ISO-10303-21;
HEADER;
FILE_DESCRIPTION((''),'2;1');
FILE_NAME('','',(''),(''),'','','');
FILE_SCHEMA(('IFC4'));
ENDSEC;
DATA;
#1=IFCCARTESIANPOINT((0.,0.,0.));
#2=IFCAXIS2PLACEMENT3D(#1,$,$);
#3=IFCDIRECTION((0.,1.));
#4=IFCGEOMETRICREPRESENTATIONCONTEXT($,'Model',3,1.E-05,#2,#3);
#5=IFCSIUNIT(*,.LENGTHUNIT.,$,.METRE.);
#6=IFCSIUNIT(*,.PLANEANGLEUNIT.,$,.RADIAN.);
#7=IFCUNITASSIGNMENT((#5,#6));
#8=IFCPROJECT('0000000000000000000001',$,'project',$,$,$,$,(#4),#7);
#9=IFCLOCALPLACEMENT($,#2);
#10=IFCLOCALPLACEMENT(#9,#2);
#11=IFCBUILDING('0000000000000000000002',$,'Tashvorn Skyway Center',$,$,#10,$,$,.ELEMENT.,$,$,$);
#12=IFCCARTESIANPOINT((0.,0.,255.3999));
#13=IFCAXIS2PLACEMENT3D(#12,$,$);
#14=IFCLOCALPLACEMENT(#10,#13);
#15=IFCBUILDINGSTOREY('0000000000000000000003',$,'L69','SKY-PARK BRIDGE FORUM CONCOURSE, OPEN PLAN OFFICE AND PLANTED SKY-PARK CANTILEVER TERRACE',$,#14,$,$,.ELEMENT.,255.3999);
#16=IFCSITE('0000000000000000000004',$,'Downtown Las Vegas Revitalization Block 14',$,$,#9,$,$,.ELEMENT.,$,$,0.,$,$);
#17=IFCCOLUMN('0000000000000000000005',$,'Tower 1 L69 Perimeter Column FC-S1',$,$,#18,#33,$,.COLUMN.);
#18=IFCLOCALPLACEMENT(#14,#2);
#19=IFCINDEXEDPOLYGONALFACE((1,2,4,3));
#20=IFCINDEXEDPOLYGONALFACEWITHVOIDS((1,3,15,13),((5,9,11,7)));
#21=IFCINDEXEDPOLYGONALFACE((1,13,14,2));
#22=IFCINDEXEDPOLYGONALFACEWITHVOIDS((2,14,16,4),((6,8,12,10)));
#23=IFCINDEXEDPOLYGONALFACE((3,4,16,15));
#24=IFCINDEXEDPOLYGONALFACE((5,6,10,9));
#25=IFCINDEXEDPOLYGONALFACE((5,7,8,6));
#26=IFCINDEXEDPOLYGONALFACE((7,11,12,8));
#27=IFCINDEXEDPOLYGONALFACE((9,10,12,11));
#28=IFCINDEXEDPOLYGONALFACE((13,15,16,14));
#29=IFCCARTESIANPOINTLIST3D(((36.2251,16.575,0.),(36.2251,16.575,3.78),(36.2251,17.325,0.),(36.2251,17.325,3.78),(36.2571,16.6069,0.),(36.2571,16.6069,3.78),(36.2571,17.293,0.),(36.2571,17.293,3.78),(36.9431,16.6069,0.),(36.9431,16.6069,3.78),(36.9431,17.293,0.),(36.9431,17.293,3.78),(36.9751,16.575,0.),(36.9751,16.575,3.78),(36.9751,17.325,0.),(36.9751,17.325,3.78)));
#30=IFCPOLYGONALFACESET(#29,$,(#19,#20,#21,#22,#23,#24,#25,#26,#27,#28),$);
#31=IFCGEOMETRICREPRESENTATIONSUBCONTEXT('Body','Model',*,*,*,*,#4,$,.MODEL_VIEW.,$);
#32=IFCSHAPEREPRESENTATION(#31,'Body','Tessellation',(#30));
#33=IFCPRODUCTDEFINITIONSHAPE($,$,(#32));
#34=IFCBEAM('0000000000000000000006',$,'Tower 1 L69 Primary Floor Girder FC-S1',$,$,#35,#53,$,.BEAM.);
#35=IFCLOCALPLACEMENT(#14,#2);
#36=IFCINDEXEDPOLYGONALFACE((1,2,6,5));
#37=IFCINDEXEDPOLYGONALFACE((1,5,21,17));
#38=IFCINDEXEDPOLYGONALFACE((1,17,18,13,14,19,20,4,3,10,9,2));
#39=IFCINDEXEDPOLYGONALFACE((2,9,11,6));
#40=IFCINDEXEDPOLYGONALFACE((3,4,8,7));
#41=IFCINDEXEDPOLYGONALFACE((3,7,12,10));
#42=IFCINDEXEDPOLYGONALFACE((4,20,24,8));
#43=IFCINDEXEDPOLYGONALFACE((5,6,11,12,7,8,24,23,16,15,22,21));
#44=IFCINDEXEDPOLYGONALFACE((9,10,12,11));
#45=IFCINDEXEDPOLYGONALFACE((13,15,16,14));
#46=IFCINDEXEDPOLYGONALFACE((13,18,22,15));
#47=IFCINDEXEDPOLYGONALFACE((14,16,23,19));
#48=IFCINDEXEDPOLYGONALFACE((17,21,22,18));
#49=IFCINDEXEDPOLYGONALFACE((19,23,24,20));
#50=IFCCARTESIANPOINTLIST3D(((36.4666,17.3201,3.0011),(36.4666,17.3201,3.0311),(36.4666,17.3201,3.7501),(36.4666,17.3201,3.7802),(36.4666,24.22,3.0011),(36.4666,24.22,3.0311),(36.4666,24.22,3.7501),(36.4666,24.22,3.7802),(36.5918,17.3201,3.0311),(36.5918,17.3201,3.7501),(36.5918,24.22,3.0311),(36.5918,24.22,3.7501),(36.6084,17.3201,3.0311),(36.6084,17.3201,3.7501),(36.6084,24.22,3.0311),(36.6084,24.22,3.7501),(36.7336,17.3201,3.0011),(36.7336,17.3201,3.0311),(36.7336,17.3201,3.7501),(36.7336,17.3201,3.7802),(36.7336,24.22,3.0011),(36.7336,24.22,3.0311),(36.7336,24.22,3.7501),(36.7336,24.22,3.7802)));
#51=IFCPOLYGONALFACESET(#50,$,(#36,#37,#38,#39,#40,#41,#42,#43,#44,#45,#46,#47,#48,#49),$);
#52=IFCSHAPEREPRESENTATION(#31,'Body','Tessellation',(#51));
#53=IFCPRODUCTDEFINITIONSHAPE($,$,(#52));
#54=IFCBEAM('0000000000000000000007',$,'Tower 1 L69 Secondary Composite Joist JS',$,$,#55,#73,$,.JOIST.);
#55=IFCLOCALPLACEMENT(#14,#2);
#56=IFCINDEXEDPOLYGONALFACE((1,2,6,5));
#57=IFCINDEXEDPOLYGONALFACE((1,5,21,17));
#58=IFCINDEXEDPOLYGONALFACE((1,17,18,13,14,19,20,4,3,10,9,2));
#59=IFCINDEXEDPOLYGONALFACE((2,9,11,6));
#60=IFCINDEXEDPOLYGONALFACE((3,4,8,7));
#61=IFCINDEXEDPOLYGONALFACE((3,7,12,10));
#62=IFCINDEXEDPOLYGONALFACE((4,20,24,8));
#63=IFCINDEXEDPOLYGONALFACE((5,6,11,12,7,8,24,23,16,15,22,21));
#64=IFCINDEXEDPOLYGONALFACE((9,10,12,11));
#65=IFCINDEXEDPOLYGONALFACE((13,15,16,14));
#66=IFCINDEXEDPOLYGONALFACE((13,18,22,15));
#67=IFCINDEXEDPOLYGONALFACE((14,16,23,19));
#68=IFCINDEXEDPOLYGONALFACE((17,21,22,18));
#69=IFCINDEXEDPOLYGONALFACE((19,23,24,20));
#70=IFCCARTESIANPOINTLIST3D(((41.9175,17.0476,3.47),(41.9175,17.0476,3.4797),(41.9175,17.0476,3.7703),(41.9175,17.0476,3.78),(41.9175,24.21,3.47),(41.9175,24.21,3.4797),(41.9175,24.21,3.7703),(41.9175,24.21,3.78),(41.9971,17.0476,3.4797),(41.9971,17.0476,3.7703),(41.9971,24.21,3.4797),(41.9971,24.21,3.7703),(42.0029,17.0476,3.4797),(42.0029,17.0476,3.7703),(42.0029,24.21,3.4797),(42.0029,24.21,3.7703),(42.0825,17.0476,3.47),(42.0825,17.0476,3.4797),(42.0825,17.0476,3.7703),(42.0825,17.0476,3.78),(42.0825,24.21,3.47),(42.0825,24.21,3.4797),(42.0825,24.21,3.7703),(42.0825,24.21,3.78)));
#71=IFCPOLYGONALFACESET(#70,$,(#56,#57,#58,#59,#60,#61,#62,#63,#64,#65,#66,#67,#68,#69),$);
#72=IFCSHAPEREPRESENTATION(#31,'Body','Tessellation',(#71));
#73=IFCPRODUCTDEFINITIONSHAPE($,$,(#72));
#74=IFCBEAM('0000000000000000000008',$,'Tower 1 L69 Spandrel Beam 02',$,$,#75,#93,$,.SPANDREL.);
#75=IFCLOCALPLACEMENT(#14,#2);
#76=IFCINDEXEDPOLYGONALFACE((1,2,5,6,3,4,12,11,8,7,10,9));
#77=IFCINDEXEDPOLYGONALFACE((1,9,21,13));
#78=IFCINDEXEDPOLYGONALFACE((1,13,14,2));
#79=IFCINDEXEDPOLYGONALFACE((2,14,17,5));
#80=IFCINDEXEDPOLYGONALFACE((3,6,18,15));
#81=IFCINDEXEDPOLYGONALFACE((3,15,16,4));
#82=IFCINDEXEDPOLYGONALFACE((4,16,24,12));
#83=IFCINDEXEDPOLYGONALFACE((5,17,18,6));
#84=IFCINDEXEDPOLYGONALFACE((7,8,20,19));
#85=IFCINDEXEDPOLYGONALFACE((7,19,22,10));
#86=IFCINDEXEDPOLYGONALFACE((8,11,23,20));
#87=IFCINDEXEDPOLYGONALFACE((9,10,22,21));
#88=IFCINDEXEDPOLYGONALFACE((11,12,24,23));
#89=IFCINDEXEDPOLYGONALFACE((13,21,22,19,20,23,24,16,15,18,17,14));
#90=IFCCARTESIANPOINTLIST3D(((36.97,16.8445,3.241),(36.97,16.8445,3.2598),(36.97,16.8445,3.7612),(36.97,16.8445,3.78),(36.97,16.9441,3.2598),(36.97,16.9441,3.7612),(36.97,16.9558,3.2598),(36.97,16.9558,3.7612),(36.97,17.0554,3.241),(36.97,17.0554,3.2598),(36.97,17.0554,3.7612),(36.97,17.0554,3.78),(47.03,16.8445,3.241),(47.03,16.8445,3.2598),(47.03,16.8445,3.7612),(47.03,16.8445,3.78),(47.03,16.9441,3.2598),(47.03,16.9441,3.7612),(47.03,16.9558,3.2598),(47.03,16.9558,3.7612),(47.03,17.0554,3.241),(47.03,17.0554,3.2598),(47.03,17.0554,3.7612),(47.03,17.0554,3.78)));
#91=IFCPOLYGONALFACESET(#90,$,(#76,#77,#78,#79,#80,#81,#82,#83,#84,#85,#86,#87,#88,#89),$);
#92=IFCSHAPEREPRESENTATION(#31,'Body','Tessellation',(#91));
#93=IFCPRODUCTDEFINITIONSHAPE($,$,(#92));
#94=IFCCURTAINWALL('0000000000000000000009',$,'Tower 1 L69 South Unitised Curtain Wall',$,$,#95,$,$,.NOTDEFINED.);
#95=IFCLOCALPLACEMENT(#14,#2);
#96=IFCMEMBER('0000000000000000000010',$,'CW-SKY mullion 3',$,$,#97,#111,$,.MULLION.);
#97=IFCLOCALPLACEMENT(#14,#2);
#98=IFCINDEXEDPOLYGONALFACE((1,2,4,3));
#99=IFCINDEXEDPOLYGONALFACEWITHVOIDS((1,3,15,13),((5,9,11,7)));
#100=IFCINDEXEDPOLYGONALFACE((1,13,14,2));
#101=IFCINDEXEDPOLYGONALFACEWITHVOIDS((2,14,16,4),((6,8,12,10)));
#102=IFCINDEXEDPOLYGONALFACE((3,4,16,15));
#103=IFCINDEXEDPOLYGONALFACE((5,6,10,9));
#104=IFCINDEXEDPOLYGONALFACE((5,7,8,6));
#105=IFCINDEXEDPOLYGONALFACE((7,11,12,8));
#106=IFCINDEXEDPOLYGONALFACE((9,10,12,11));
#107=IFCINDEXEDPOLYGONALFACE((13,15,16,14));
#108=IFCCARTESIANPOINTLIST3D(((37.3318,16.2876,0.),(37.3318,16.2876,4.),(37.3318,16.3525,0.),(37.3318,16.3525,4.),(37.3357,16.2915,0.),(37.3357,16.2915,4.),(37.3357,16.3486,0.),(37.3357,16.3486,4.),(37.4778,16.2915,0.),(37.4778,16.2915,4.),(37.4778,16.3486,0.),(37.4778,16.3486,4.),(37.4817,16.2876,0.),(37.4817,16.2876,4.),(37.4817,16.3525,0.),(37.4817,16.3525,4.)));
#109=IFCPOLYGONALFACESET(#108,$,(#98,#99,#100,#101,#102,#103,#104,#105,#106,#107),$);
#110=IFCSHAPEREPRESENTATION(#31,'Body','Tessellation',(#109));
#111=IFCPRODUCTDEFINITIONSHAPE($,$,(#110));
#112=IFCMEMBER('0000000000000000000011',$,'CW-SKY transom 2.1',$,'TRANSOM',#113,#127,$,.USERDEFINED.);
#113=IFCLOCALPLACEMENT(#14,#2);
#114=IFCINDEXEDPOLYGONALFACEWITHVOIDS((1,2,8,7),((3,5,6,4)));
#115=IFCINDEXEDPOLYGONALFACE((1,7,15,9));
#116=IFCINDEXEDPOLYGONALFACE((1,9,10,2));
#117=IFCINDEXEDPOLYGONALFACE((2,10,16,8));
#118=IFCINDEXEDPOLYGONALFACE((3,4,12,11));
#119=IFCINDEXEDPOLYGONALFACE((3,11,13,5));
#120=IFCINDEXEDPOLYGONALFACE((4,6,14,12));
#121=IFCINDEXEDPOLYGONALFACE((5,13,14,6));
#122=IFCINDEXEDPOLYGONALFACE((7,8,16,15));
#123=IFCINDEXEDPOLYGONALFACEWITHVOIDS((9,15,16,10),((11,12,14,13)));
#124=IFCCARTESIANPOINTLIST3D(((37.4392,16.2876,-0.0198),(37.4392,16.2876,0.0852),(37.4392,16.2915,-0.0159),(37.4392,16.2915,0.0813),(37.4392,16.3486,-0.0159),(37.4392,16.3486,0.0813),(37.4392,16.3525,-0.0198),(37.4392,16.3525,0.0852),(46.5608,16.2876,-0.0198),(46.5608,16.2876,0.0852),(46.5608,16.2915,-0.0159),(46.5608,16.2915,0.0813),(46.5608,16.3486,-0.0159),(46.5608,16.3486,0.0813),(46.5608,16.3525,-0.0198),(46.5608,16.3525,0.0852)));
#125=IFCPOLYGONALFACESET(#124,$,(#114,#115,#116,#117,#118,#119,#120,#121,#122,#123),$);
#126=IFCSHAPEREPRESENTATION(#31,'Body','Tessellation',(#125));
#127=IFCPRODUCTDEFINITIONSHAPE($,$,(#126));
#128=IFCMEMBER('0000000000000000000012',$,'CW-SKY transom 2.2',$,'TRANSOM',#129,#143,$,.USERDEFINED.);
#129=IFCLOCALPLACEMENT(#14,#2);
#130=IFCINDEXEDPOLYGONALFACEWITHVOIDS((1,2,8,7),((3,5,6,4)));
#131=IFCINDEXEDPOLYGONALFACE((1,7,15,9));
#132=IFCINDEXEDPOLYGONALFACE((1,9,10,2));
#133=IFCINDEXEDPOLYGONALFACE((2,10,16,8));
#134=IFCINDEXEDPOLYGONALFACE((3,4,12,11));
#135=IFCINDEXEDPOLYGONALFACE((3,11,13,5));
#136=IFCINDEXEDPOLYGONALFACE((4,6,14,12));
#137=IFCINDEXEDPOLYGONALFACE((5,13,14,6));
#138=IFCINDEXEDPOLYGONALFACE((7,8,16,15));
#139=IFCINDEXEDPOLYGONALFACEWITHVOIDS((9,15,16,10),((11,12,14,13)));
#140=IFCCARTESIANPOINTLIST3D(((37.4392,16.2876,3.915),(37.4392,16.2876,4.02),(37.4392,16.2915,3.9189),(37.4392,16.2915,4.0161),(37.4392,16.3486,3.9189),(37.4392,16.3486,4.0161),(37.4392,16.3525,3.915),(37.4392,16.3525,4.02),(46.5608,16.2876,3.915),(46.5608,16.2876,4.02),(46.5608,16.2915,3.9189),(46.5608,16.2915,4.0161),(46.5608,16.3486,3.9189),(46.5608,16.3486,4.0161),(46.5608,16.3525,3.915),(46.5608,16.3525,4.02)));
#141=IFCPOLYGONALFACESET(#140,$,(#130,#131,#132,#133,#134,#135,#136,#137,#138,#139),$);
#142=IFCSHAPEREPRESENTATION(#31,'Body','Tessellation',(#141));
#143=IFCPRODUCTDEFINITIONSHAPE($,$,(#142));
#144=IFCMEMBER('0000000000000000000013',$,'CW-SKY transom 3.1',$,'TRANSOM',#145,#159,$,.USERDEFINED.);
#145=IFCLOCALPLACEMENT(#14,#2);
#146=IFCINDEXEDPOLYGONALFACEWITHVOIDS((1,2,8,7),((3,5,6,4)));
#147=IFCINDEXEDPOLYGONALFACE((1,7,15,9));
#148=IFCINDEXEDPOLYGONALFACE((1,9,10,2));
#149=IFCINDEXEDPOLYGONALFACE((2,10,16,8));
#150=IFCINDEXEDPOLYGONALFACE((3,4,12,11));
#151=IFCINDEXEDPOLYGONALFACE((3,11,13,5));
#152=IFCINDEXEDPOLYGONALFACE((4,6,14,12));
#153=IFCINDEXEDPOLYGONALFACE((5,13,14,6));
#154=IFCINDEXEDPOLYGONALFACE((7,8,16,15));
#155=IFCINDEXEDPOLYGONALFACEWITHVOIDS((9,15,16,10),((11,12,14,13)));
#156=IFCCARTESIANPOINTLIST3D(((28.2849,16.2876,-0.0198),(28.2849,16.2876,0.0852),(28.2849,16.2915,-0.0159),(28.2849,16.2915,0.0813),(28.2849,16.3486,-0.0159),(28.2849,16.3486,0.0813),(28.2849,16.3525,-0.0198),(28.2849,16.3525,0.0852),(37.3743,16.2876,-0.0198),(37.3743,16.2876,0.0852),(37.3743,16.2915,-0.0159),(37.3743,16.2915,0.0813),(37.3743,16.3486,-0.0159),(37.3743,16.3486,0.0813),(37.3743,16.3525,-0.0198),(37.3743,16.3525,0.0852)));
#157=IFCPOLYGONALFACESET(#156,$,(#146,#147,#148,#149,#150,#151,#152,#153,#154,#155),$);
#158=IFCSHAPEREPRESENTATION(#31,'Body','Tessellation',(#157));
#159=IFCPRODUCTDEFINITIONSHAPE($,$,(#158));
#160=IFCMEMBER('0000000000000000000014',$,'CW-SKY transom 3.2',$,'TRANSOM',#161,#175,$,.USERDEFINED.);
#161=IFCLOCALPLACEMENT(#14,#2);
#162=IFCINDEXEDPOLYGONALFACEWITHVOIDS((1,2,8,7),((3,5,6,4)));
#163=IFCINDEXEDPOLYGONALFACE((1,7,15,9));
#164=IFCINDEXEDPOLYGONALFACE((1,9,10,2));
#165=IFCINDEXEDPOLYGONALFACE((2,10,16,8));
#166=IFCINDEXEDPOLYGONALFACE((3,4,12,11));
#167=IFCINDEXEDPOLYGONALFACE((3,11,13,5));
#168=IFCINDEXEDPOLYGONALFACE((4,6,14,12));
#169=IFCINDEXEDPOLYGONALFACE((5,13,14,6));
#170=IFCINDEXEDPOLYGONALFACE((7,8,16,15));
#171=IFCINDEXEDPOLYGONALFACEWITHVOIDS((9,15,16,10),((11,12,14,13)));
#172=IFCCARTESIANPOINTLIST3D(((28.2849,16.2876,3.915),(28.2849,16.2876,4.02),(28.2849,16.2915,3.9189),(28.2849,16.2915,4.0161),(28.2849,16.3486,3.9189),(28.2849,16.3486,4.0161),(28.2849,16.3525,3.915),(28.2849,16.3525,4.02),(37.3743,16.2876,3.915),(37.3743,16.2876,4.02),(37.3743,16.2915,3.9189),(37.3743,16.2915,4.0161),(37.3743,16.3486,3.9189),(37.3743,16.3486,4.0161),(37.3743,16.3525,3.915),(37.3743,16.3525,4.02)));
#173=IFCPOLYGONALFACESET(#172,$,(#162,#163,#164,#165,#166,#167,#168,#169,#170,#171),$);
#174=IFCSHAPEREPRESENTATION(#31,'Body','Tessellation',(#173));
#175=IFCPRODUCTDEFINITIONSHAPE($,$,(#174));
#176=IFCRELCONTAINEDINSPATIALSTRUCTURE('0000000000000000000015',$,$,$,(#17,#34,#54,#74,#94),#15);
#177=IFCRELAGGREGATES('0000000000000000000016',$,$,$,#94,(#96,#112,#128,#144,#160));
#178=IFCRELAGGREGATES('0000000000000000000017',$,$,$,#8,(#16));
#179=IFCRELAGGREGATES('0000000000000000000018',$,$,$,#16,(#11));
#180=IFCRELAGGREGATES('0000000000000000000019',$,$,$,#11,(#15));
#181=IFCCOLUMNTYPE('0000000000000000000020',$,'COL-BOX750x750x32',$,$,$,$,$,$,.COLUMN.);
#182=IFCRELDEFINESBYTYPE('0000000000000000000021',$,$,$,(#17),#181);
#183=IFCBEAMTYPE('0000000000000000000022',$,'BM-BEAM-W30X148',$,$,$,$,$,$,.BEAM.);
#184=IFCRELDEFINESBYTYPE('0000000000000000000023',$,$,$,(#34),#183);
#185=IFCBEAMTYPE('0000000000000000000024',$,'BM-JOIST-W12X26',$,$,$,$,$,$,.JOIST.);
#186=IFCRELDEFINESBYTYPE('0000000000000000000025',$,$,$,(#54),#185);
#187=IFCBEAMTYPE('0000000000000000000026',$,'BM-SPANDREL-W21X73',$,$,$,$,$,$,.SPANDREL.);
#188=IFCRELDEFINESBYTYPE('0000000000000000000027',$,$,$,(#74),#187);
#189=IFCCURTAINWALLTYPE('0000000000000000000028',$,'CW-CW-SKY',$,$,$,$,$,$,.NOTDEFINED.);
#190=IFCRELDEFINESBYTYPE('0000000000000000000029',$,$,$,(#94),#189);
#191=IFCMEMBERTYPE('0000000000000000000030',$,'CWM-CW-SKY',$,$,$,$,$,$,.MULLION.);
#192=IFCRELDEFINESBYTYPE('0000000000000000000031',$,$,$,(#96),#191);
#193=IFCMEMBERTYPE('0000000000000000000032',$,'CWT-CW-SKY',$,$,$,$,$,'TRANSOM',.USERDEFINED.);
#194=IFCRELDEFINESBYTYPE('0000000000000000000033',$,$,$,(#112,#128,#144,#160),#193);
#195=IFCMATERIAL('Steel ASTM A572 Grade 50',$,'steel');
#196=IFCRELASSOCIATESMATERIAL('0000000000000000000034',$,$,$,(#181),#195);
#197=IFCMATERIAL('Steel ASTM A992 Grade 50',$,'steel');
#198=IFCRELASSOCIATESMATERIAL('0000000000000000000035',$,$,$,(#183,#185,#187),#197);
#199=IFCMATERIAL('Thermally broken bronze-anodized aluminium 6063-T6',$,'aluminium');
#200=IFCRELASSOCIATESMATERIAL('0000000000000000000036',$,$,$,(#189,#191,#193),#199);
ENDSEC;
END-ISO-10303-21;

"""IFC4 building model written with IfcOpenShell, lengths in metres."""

from ifc_helpers import new_model, si_unit, direction, frame, origin, origin_2d, place, context, subcontext, project, spatial, hollow_rectangle, i_section, extrude, material, material_profile, profile_set, type_object, element, aggregate, save


model = new_model("IFC4")

# Units and contexts
model_context = context("Model", 3, precision=1e-05, world=origin(), true_north=direction((0.0, 1.0)))
body_context = subcontext(model_context, "Body", "Model", "MODEL_VIEW")
ifc_project = project(units=[si_unit("LENGTHUNIT", "METRE"), si_unit("PLANEANGLEUNIT", "RADIAN")], contexts=[model_context])

# Site, building, storey
site_placement = place(None, origin())
site = spatial("IfcSite", under=ifc_project, at=site_placement, Name="Downtown Las Vegas Revitalization Block 14", CompositionType="ELEMENT", RefElevation=0.0)
building_placement = place(site_placement, origin())
building = spatial("IfcBuilding", under=site, at=building_placement, Name="Tashvorn Skyway Center", CompositionType="ELEMENT")
storey_placement = place(building_placement, frame((0.0, 0.0, 255.3999)))
storey = spatial("IfcBuildingStorey", under=building, at=storey_placement, Name="L69", Description="SKY-PARK BRIDGE FORUM CONCOURSE, OPEN PLAN OFFICE AND PLANTED SKY-PARK CANTILEVER TERRACE", CompositionType="ELEMENT", Elevation=255.3999)

# Column
ifc_material_1 = material(Name="Steel ASTM A572 Grade 50", Category="steel")
ifc_material_profile_1 = material_profile(ifc_material_1, hollow_rectangle(XDim=0.75, YDim=0.75, WallThickness=0.032, at=origin_2d()), Name="BOX750x750x32")
ifc_profile_set_1 = profile_set([ifc_material_profile_1], Name="Steel ASTM A572 Grade 50")
column_type = type_object("IfcColumnType", Name="COL-BOX750x750x32", PredefinedType="COLUMN", material=ifc_profile_set_1)
column_placement = place(storey_placement, frame((36.6001, 16.95, 0.0), z_axis=(0.0, 0.0, 1.0), x_axis=(1.0, 0.0, 0.0)))
element("IfcColumn", 1, at=column_placement, inside=storey, type_object=column_type, Name="Tower 1 L69 Perimeter Column FC-S1", PredefinedType="COLUMN", context=body_context, shape_type="SweptSolid", body=[
    extrude(hollow_rectangle(XDim=0.75, YDim=0.75, WallThickness=0.032, at=origin_2d()), origin(), (0.0, 0.0, 1.0), 3.78),
])

# Beams
ifc_material_2 = material(Name="Steel ASTM A992 Grade 50", Category="steel")
ifc_material_profile_2 = material_profile(ifc_material_2, i_section(OverallWidth=0.2671, OverallDepth=0.7791, WebThickness=0.0166, FlangeThickness=0.03, at=origin_2d()), Name="W30X148")
ifc_profile_set_2 = profile_set([ifc_material_profile_2], Name="Steel ASTM A992 Grade 50")
beam_type_1 = type_object("IfcBeamType", Name="BM-BEAM-W30X148", PredefinedType="BEAM", material=ifc_profile_set_2)
beam_1_placement = place(storey_placement, frame((36.6001, 17.3201, 3.3906), z_axis=(0.0, 1.0, 0.0), x_axis=(-1.0, 0.0, 0.0)))
element("IfcBeam", 2, at=beam_1_placement, inside=storey, type_object=beam_type_1, Name="Tower 1 L69 Primary Floor Girder FC-S1", PredefinedType="BEAM", context=body_context, shape_type="SweptSolid", body=[
    extrude(i_section(OverallWidth=0.2671, OverallDepth=0.7791, WebThickness=0.0166, FlangeThickness=0.03, at=origin_2d()), origin(), (0.0, 0.0, 1.0), 6.8999),
])
ifc_material_profile_3 = material_profile(ifc_material_2, i_section(OverallWidth=0.165, OverallDepth=0.3101, WebThickness=0.0059, FlangeThickness=0.0098, at=origin_2d()), Name="W12X26")
ifc_profile_set_3 = profile_set([ifc_material_profile_3], Name="Steel ASTM A992 Grade 50")
beam_type_2 = type_object("IfcBeamType", Name="BM-JOIST-W12X26", PredefinedType="JOIST", material=ifc_profile_set_3)
beam_2_placement = place(storey_placement, frame((42.0, 24.21, 3.625), z_axis=(0.0, -1.0, 0.0), x_axis=(1.0, 0.0, 0.0)))
element("IfcBeam", 3, at=beam_2_placement, inside=storey, type_object=beam_type_2, Name="Tower 1 L69 Secondary Composite Joist JS", PredefinedType="JOIST", context=body_context, shape_type="SweptSolid", body=[
    extrude(i_section(OverallWidth=0.165, OverallDepth=0.3101, WebThickness=0.0059, FlangeThickness=0.0098, at=origin_2d()), origin(), (0.0, 0.0, 1.0), 7.1624),
])
ifc_material_profile_4 = material_profile(ifc_material_2, i_section(OverallWidth=0.2109, OverallDepth=0.5391, WebThickness=0.0117, FlangeThickness=0.0188, at=origin_2d()), Name="W21X73")
ifc_profile_set_4 = profile_set([ifc_material_profile_4], Name="Steel ASTM A992 Grade 50")
beam_type_3 = type_object("IfcBeamType", Name="BM-SPANDREL-W21X73", PredefinedType="SPANDREL", material=ifc_profile_set_4)
beam_3_placement = place(storey_placement, frame((36.97, 16.95, 3.5105), z_axis=(1.0, 0.0, 0.0), x_axis=(0.0, 1.0, 0.0)))
element("IfcBeam", 4, at=beam_3_placement, inside=storey, type_object=beam_type_3, Name="Tower 1 L69 Spandrel Beam 02", PredefinedType="SPANDREL", context=body_context, shape_type="SweptSolid", body=[
    extrude(i_section(OverallWidth=0.2109, OverallDepth=0.5391, WebThickness=0.0117, FlangeThickness=0.0188, at=origin_2d()), origin(), (0.0, 0.0, 1.0), 10.0601),
])

# Curtain wall, members
ifc_material_3 = material(Name="Thermally broken bronze-anodized aluminium 6063-T6", Category="aluminium")
curtain_wall_type = type_object("IfcCurtainWallType", Name="CW-CW-SKY", PredefinedType="NOTDEFINED", material=ifc_material_3)
curtain_wall_placement = place(storey_placement, origin())
curtain_wall = element("IfcCurtainWall", 5, at=curtain_wall_placement, inside=storey, type_object=curtain_wall_type, Name="Tower 1 L69 South Unitised Curtain Wall", PredefinedType="NOTDEFINED")
ifc_material_profile_5 = material_profile(ifc_material_3, hollow_rectangle(XDim=0.0649, YDim=0.1499, WallThickness=0.0039, at=origin_2d()), Name="ALU-MULL-65x150")
ifc_profile_set_5 = profile_set([ifc_material_profile_5], Name="Thermally broken bronze-anodized aluminium 6063-T6")
member_type_1 = type_object("IfcMemberType", Name="CWM-CW-SKY", PredefinedType="MULLION", material=ifc_profile_set_5)
member_1_placement = place(storey_placement, frame((37.4067, 16.3201, 0.0), z_axis=(0.0, 0.0, 1.0), x_axis=(0.0, -1.0, 0.0)))
member_1 = element("IfcMember", 6, at=member_1_placement, type_object=member_type_1, Name="CW-SKY mullion 3", PredefinedType="MULLION", context=body_context, shape_type="SweptSolid", body=[
    extrude(hollow_rectangle(XDim=0.0649, YDim=0.1499, WallThickness=0.0039, at=origin_2d()), origin(), (0.0, 0.0, 1.0), 4.0),
])
ifc_material_profile_6 = material_profile(ifc_material_3, hollow_rectangle(XDim=0.0649, YDim=0.105, WallThickness=0.0039, at=origin_2d()), Name="ALU-TRAN-65x105")
ifc_profile_set_6 = profile_set([ifc_material_profile_6], Name="Thermally broken bronze-anodized aluminium 6063-T6")
member_type_2 = type_object("IfcMemberType", Name="CWT-CW-SKY", ElementType="TRANSOM", PredefinedType="USERDEFINED", material=ifc_profile_set_6)
member_2_placement = place(storey_placement, frame((46.5608, 16.3201, 0.0327), z_axis=(-1.0, 0.0, 0.0), x_axis=(0.0, -1.0, 0.0)))
member_2 = element("IfcMember", 7, at=member_2_placement, type_object=member_type_2, Name="CW-SKY transom 2.1", ObjectType="TRANSOM", PredefinedType="USERDEFINED", context=body_context, shape_type="SweptSolid", body=[
    extrude(hollow_rectangle(XDim=0.0649, YDim=0.105, WallThickness=0.0039, at=origin_2d()), origin(), (0.0, 0.0, 1.0), 9.1216),
])
member_3_placement = place(storey_placement, frame((46.5608, 16.3201, 3.9675), z_axis=(-1.0, 0.0, 0.0), x_axis=(0.0, -1.0, 0.0)))
member_3 = element("IfcMember", 8, at=member_3_placement, type_object=member_type_2, Name="CW-SKY transom 2.2", ObjectType="TRANSOM", PredefinedType="USERDEFINED", context=body_context, shape_type="SweptSolid", body=[
    extrude(hollow_rectangle(XDim=0.0649, YDim=0.105, WallThickness=0.0039, at=origin_2d()), origin(), (0.0, 0.0, 1.0), 9.1216),
])
member_4_placement = place(storey_placement, frame((37.3743, 16.3201, 0.0327), z_axis=(-1.0, 0.0, 0.0), x_axis=(0.0, -1.0, 0.0)))
member_4 = element("IfcMember", 9, at=member_4_placement, type_object=member_type_2, Name="CW-SKY transom 3.1", ObjectType="TRANSOM", PredefinedType="USERDEFINED", context=body_context, shape_type="SweptSolid", body=[
    extrude(hollow_rectangle(XDim=0.0649, YDim=0.105, WallThickness=0.0039, at=origin_2d()), origin(), (0.0, 0.0, 1.0), 9.0894),
])
member_5_placement = place(storey_placement, frame((37.3743, 16.3201, 3.9675), z_axis=(-1.0, 0.0, 0.0), x_axis=(0.0, -1.0, 0.0)))
member_5 = element("IfcMember", 10, at=member_5_placement, type_object=member_type_2, Name="CW-SKY transom 3.2", ObjectType="TRANSOM", PredefinedType="USERDEFINED", context=body_context, shape_type="SweptSolid", body=[
    extrude(hollow_rectangle(XDim=0.0649, YDim=0.105, WallThickness=0.0039, at=origin_2d()), origin(), (0.0, 0.0, 1.0), 9.0894),
])
aggregate(curtain_wall, [member_1, member_2, member_3, member_4, member_5])

save(model, "model.ifc")
